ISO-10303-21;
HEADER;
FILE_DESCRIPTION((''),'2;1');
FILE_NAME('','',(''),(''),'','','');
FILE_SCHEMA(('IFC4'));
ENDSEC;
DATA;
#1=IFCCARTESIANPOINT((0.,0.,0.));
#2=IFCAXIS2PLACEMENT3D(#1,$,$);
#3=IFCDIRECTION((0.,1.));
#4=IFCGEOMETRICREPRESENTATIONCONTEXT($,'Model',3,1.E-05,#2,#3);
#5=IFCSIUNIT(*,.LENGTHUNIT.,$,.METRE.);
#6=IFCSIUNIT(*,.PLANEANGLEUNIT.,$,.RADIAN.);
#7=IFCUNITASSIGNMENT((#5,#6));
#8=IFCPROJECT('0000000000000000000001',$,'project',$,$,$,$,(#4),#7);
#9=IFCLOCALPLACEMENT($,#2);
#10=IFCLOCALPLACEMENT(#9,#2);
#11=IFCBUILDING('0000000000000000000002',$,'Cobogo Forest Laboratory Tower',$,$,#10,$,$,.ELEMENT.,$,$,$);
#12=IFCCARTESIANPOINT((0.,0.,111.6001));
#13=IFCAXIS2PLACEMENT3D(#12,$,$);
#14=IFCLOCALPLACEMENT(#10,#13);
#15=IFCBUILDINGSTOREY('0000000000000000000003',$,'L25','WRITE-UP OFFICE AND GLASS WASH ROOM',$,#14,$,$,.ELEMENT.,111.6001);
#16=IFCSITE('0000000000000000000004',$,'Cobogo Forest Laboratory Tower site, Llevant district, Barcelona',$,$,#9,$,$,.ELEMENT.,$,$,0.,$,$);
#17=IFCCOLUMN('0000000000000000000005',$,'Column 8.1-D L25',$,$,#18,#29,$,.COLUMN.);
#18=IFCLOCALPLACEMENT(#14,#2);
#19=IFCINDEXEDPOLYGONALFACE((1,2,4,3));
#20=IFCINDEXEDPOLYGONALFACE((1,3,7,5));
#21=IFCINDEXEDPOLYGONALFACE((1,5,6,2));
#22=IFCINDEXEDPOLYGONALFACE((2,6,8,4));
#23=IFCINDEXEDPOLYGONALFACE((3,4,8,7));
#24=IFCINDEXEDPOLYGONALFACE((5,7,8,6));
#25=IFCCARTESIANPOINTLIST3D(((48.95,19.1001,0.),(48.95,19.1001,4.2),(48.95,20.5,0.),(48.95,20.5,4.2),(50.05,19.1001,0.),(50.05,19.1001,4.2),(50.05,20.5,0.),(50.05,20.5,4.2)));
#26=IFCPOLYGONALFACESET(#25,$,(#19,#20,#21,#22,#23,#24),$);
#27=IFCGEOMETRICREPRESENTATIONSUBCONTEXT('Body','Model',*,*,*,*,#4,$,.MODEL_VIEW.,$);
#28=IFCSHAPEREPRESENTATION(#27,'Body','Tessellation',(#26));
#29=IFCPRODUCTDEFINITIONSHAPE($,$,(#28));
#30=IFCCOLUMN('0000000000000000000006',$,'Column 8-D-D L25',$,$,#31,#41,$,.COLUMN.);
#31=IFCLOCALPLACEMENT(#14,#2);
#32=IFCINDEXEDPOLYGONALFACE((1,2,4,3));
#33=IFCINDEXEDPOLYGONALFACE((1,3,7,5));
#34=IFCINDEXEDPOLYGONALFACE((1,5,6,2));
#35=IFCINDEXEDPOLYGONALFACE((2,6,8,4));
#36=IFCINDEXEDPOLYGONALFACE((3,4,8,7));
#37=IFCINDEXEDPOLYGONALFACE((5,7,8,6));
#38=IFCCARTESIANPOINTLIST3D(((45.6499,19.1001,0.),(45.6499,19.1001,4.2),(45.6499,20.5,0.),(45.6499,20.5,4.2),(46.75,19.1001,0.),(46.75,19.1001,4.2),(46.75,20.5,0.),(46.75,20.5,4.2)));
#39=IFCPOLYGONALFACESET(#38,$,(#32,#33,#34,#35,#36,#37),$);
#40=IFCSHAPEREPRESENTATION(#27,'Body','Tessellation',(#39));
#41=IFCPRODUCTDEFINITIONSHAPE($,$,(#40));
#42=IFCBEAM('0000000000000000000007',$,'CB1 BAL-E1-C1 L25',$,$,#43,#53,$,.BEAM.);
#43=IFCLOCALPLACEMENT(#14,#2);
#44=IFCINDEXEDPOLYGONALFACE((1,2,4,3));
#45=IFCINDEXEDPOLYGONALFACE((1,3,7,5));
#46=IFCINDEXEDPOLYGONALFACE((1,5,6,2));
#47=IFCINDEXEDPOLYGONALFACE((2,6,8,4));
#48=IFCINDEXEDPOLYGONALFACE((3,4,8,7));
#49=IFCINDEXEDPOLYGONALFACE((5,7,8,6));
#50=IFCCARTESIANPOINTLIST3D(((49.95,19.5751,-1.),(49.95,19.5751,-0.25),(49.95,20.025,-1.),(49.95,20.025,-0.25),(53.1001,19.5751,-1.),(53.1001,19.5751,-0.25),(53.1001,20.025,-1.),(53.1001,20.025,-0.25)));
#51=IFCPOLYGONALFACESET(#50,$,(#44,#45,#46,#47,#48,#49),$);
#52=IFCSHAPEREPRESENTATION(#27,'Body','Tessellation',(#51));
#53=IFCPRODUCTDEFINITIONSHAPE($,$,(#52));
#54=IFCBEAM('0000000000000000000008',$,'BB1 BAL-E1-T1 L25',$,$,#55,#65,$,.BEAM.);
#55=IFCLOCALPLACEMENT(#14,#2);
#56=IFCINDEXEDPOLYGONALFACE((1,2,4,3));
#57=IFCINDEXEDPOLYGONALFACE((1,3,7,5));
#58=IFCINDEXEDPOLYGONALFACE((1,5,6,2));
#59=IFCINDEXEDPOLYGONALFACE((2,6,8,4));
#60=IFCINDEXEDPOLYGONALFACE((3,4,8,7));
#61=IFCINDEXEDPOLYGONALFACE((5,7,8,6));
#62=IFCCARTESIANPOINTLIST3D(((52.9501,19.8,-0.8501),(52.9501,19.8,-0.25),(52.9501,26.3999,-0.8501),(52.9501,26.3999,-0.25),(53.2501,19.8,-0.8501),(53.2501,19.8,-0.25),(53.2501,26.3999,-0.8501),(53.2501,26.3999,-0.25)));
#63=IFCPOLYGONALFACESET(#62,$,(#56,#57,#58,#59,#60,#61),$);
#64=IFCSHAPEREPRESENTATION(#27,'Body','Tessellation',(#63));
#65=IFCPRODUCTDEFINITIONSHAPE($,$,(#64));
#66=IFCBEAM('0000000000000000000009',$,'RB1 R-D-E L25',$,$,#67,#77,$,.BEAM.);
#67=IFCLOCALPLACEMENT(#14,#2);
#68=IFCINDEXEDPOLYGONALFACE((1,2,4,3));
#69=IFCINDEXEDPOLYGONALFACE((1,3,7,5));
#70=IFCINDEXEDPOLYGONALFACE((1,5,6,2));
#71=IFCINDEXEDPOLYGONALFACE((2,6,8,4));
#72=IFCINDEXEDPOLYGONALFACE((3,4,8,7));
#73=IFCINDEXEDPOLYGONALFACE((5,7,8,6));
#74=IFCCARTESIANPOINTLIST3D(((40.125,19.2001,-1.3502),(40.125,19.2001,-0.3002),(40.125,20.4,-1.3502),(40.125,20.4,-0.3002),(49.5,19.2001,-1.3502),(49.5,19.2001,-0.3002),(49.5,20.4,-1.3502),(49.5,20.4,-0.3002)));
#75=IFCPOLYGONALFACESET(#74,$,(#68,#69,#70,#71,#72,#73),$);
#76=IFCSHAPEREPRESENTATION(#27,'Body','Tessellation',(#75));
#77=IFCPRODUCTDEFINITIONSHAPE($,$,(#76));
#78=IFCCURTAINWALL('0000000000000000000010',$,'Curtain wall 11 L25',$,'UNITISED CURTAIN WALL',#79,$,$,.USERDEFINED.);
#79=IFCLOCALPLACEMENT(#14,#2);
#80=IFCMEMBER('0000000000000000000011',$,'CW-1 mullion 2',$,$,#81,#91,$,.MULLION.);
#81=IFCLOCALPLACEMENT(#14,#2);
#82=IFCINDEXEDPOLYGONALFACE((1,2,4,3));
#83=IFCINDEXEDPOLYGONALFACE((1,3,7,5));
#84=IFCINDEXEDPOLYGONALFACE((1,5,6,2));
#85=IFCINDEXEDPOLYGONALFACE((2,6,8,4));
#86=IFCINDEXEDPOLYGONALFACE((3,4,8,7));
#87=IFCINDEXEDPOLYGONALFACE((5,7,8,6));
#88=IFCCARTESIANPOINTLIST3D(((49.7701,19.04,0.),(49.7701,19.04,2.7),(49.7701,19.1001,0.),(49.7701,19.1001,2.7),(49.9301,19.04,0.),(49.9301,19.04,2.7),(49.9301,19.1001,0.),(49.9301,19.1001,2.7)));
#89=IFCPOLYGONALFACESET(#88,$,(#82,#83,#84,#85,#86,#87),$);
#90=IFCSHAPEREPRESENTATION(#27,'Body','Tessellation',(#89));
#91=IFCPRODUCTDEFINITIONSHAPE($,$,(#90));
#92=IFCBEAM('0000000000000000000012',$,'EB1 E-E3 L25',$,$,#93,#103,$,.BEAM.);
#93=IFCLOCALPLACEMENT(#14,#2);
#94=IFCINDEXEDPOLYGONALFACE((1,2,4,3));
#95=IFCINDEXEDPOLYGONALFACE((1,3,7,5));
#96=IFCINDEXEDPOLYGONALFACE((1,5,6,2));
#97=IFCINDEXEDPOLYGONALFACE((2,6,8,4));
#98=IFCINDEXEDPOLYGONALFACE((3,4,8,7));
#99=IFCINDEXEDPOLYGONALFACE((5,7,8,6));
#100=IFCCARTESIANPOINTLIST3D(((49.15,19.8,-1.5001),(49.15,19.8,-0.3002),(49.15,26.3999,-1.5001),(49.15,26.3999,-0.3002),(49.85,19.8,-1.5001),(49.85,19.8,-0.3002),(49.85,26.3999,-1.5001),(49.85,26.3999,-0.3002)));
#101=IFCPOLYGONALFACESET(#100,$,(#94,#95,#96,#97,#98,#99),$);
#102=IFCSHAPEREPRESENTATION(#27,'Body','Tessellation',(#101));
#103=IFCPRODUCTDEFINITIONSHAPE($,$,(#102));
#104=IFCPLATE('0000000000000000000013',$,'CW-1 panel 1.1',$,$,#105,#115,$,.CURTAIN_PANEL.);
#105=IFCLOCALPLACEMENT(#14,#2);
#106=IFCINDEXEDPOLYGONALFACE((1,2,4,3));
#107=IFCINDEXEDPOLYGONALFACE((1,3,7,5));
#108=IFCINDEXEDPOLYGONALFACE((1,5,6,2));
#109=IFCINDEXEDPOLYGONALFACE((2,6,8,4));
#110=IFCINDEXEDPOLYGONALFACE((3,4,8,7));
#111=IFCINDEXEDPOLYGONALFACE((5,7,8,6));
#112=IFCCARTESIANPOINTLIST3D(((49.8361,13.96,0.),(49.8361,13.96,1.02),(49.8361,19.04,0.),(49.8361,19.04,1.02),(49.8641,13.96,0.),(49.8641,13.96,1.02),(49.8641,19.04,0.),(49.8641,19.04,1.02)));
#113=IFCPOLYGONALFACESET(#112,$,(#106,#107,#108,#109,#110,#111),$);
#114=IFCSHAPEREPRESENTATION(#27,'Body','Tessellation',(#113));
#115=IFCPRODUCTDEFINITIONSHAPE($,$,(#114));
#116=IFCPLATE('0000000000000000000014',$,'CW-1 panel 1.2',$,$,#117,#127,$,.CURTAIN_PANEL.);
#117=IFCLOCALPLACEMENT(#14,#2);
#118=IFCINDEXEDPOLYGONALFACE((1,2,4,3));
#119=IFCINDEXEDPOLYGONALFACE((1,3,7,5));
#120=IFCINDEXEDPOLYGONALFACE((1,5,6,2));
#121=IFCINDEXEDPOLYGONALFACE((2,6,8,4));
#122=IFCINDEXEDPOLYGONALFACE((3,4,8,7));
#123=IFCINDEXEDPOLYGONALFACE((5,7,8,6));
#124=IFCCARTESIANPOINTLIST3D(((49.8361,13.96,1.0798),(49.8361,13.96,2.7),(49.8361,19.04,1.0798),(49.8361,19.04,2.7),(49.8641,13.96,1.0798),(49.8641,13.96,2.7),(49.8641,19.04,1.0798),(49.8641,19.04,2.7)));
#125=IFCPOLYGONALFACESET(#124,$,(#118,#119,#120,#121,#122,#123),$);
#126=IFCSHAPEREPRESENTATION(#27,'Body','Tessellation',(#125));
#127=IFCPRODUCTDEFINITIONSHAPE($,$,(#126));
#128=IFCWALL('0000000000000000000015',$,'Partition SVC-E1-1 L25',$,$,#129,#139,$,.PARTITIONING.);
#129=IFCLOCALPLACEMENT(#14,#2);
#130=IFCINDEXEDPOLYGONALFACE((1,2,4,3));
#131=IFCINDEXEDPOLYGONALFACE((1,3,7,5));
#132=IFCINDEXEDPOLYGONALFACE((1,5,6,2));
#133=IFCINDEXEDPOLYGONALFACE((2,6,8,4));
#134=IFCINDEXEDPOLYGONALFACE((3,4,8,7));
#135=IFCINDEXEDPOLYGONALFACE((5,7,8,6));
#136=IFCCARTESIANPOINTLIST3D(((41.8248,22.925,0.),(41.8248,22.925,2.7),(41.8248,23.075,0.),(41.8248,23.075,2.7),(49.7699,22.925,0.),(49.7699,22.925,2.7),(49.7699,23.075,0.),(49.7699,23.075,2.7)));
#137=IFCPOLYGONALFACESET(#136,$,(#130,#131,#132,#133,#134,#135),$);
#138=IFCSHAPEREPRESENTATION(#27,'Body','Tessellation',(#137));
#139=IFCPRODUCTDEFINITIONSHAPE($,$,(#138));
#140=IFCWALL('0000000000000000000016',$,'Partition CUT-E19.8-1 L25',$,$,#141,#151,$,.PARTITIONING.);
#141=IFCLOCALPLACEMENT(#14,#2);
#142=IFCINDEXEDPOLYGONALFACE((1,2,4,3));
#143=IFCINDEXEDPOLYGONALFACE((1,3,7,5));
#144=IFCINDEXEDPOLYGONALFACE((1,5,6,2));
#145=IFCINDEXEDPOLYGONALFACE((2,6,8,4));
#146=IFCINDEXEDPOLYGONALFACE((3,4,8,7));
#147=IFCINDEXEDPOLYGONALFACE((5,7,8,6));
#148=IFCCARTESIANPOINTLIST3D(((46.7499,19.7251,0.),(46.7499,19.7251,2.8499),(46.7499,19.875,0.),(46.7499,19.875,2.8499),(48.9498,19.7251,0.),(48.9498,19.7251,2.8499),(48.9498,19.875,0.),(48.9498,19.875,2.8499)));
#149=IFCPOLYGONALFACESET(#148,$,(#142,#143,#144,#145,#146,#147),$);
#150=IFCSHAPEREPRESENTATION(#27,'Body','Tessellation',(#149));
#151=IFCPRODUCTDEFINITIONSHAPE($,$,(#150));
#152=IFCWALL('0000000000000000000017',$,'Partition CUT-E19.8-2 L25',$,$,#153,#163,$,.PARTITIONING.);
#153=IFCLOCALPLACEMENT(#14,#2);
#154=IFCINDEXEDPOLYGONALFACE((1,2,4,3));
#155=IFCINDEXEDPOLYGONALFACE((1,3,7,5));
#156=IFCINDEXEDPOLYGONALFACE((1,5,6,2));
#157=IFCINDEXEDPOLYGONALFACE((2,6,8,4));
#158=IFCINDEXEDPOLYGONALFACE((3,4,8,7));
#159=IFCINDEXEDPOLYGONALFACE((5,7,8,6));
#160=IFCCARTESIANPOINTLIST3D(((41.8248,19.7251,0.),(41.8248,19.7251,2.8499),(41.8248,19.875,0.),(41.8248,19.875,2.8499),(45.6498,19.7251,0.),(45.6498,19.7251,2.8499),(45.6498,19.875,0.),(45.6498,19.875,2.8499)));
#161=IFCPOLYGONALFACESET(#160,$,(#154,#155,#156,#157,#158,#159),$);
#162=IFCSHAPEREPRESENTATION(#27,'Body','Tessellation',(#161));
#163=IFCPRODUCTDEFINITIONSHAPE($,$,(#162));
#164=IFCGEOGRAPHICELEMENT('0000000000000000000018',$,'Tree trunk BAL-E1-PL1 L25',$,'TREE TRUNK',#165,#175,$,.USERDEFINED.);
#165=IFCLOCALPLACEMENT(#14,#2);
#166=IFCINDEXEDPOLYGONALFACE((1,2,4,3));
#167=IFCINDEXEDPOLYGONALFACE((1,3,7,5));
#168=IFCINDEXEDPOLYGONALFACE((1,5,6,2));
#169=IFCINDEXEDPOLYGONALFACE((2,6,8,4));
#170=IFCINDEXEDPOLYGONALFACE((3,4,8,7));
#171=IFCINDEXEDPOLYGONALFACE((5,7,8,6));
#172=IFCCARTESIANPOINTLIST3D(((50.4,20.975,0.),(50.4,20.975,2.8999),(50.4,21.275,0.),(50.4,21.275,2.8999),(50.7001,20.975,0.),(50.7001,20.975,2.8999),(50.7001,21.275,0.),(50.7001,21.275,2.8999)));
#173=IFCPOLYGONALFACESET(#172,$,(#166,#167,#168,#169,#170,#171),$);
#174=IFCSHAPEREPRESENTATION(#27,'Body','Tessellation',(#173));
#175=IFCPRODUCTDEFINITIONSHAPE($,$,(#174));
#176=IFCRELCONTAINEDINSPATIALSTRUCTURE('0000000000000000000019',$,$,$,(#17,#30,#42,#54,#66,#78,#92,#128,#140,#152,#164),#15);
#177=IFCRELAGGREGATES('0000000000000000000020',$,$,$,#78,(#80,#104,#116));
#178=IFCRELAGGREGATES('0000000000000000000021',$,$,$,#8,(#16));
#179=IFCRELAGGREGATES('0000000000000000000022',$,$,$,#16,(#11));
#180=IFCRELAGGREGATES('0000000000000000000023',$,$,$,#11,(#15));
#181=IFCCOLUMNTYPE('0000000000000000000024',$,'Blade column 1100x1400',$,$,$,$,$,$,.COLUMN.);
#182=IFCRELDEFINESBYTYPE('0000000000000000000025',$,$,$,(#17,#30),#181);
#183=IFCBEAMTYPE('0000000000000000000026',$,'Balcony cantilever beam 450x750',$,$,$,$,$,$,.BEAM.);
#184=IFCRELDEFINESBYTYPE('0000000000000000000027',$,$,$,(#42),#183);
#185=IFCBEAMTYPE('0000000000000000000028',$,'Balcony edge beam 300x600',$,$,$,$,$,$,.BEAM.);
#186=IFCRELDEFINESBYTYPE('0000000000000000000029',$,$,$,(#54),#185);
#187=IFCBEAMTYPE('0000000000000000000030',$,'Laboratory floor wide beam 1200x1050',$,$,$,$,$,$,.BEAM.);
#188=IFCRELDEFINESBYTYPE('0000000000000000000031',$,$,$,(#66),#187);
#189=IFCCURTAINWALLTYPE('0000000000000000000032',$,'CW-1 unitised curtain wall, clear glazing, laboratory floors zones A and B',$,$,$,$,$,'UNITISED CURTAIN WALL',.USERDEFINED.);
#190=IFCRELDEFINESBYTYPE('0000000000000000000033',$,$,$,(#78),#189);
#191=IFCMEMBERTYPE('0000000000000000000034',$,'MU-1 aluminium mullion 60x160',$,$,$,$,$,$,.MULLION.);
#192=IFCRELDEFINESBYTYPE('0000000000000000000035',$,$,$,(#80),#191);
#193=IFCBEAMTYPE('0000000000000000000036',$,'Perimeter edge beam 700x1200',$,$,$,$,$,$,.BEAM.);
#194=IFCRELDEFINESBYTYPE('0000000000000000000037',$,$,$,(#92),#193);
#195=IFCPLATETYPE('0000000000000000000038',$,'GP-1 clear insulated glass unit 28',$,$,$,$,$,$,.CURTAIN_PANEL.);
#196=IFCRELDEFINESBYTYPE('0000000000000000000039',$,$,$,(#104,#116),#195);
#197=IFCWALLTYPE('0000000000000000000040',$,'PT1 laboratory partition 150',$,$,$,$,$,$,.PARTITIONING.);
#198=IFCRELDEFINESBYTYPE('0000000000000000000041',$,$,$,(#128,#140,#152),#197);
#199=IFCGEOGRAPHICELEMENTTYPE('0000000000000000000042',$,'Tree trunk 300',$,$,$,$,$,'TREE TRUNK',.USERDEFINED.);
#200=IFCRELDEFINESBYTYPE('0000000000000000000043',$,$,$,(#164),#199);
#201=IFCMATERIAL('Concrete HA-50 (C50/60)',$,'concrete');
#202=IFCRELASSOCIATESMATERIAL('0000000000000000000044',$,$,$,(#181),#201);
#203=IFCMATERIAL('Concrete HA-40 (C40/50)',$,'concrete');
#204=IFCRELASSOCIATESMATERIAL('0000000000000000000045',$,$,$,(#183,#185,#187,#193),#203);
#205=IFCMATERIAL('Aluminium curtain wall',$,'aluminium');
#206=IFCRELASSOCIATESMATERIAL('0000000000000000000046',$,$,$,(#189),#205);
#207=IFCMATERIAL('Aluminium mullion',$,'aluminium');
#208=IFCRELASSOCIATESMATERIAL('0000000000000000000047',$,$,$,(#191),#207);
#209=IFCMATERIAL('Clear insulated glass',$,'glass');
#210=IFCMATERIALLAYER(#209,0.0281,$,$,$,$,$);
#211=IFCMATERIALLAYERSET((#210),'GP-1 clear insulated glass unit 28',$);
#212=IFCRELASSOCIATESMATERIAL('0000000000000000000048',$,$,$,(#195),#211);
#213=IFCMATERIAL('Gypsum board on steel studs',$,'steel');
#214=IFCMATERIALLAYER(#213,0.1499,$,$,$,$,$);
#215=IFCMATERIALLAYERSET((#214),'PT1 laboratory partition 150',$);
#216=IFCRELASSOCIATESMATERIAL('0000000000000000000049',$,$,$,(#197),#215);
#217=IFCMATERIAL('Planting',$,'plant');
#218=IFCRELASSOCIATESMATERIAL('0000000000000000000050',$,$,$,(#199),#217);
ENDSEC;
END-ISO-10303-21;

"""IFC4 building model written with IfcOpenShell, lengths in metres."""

from ifc_helpers import new_model, si_unit, direction, frame, frame_2d, origin, origin_2d, place, context, subcontext, project, spatial, rectangle, extrude, material, layer, layer_set, material_profile, profile_set, type_object, element, aggregate, save


model = new_model("IFC4")

# Units and contexts
model_context = context("Model", 3, precision=1e-05, world=origin(), true_north=direction((0.0, 1.0)))
body_context = subcontext(model_context, "Body", "Model", "MODEL_VIEW")
ifc_project = project(units=[si_unit("LENGTHUNIT", "METRE"), si_unit("PLANEANGLEUNIT", "RADIAN")], contexts=[model_context])

# Site, building, storey
site_placement = place(None, origin())
site = spatial("IfcSite", under=ifc_project, at=site_placement, Name="Cobogo Forest Laboratory Tower site, Llevant district, Barcelona", CompositionType="ELEMENT", RefElevation=0.0)
building_placement = place(site_placement, origin())
building = spatial("IfcBuilding", under=site, at=building_placement, Name="Cobogo Forest Laboratory Tower", CompositionType="ELEMENT")
storey_placement = place(building_placement, frame((0.0, 0.0, 111.6001)))
storey = spatial("IfcBuildingStorey", under=building, at=storey_placement, Name="L25", Description="WRITE-UP OFFICE AND GLASS WASH ROOM", CompositionType="ELEMENT", Elevation=111.6001)

# Columns
ifc_material_1 = material(Name="Concrete HA-50 (C50/60)", Category="concrete")
ifc_material_profile_1 = material_profile(ifc_material_1, rectangle(XDim=1.3999, YDim=1.1001, at=origin_2d()), Name="RC 1100x1400")
ifc_profile_set_1 = profile_set([ifc_material_profile_1], Name="Concrete HA-50 (C50/60)")
column_type = type_object("IfcColumnType", Name="Blade column 1100x1400", PredefinedType="COLUMN", material=ifc_profile_set_1)
for number, where, z_axis, x_axis, name in (
    (1, (49.5, 19.8, 0.0), (0.0, 0.0, 1.0), (0.0, 1.0, 0.0), "Column 8.1-D L25"),
    (2, (46.2, 19.8, 0.0), (0.0, 0.0, 1.0), (0.0, 1.0, 0.0), "Column 8-D-D L25"),
):
    element("IfcColumn", number, at=place(storey_placement, frame(where, z_axis=z_axis, x_axis=x_axis)), inside=storey, type_object=column_type, Name=name, PredefinedType="COLUMN", context=body_context, shape_type="SweptSolid", body=[
        extrude(rectangle(XDim=1.3999, YDim=1.1001, at=origin_2d()), origin(), (0.0, 0.0, 1.0), 4.2),
    ])

# Beams
ifc_material_2 = material(Name="Concrete HA-40 (C40/50)", Category="concrete")
ifc_material_profile_2 = material_profile(ifc_material_2, rectangle(XDim=0.45, YDim=0.75, at=origin_2d()), Name="RC 450x750")
ifc_profile_set_2 = profile_set([ifc_material_profile_2], Name="Concrete HA-40 (C40/50)")
beam_type_1 = type_object("IfcBeamType", Name="Balcony cantilever beam 450x750", PredefinedType="BEAM", material=ifc_profile_set_2)
beam_1_placement = place(storey_placement, frame((49.95, 19.8, -0.625), z_axis=(1.0, 0.0, 0.0), x_axis=(0.0, 1.0, 0.0)))
element("IfcBeam", 3, at=beam_1_placement, inside=storey, type_object=beam_type_1, Name="CB1 BAL-E1-C1 L25", PredefinedType="BEAM", context=body_context, shape_type="SweptSolid", body=[
    extrude(rectangle(XDim=0.45, YDim=0.75, at=origin_2d()), origin(), (0.0, 0.0, 1.0), 3.1501),
])
ifc_material_profile_3 = material_profile(ifc_material_2, rectangle(XDim=0.3, YDim=0.6001, at=origin_2d()), Name="RC 300x600")
ifc_profile_set_3 = profile_set([ifc_material_profile_3], Name="Concrete HA-40 (C40/50)")
beam_type_2 = type_object("IfcBeamType", Name="Balcony edge beam 300x600", PredefinedType="BEAM", material=ifc_profile_set_3)
beam_2_placement = place(storey_placement, frame((53.1001, 19.8, -0.55), z_axis=(0.0, 1.0, 0.0), x_axis=(-1.0, 0.0, 0.0)))
element("IfcBeam", 4, at=beam_2_placement, inside=storey, type_object=beam_type_2, Name="BB1 BAL-E1-T1 L25", PredefinedType="BEAM", context=body_context, shape_type="SweptSolid", body=[
    extrude(rectangle(XDim=0.3, YDim=0.6001, at=origin_2d()), origin(), (0.0, 0.0, 1.0), 6.5999),
])
ifc_material_profile_4 = material_profile(ifc_material_2, rectangle(XDim=1.2, YDim=1.05, at=origin_2d()), Name="RC 1200x1050")
ifc_profile_set_4 = profile_set([ifc_material_profile_4], Name="Concrete HA-40 (C40/50)")
beam_type_3 = type_object("IfcBeamType", Name="Laboratory floor wide beam 1200x1050", PredefinedType="BEAM", material=ifc_profile_set_4)
beam_3_placement = place(storey_placement, frame((40.125, 19.8, -0.8252), z_axis=(1.0, 0.0, 0.0), x_axis=(0.0, 1.0, 0.0)))
element("IfcBeam", 5, at=beam_3_placement, inside=storey, type_object=beam_type_3, Name="RB1 R-D-E L25", PredefinedType="BEAM", context=body_context, shape_type="SweptSolid", body=[
    extrude(rectangle(XDim=1.2, YDim=1.05, at=origin_2d()), origin(), (0.0, 0.0, 1.0), 9.375),
])

# Curtain wall, member
ifc_material_3 = material(Name="Aluminium curtain wall", Category="aluminium")
curtain_wall_type = type_object("IfcCurtainWallType", Name="CW-1 unitised curtain wall, clear glazing, laboratory floors zones A and B", ElementType="UNITISED CURTAIN WALL", PredefinedType="USERDEFINED", material=ifc_material_3)
curtain_wall_placement = place(storey_placement, origin())
curtain_wall = element("IfcCurtainWall", 6, at=curtain_wall_placement, inside=storey, type_object=curtain_wall_type, Name="Curtain wall 11 L25", ObjectType="UNITISED CURTAIN WALL", PredefinedType="USERDEFINED")
ifc_material_4 = material(Name="Aluminium mullion", Category="aluminium")
ifc_material_profile_5 = material_profile(ifc_material_4, rectangle(XDim=0.0601, YDim=0.1599, at=origin_2d()), Name="AL 60x160")
ifc_profile_set_5 = profile_set([ifc_material_profile_5], Name="Aluminium mullion")
member_type = type_object("IfcMemberType", Name="MU-1 aluminium mullion 60x160", PredefinedType="MULLION", material=ifc_profile_set_5)
member_placement = place(storey_placement, frame((49.8501, 19.0701, 0.0), z_axis=(0.0, 0.0, 1.0), x_axis=(0.0, 1.0, 0.0)))
member = element("IfcMember", 7, at=member_placement, type_object=member_type, Name="CW-1 mullion 2", PredefinedType="MULLION", context=body_context, shape_type="SweptSolid", body=[
    extrude(rectangle(XDim=0.0601, YDim=0.1599, at=origin_2d()), origin(), (0.0, 0.0, 1.0), 2.7),
])

# Beam
ifc_material_profile_6 = material_profile(ifc_material_2, rectangle(XDim=0.7, YDim=1.2, at=origin_2d()), Name="RC 700x1200")
ifc_profile_set_6 = profile_set([ifc_material_profile_6], Name="Concrete HA-40 (C40/50)")
beam_type_4 = type_object("IfcBeamType", Name="Perimeter edge beam 700x1200", PredefinedType="BEAM", material=ifc_profile_set_6)
beam_4_placement = place(storey_placement, frame((49.5, 19.8, -0.9001), z_axis=(0.0, 1.0, 0.0), x_axis=(-1.0, 0.0, 0.0)))
element("IfcBeam", 8, at=beam_4_placement, inside=storey, type_object=beam_type_4, Name="EB1 E-E3 L25", PredefinedType="BEAM", context=body_context, shape_type="SweptSolid", body=[
    extrude(rectangle(XDim=0.7, YDim=1.2, at=origin_2d()), origin(), (0.0, 0.0, 1.0), 6.5999),
])

# Plates
ifc_material_5 = material(Name="Clear insulated glass", Category="glass")
ifc_layer_1 = layer(ifc_material_5, 0.0281)
ifc_layer_set_1 = layer_set([ifc_layer_1], Name="GP-1 clear insulated glass unit 28")
plate_type_1 = type_object("IfcPlateType", Name="GP-1 clear insulated glass unit 28", PredefinedType="CURTAIN_PANEL", material=ifc_layer_set_1)
plate_1_placement = place(storey_placement, frame((49.8501, 16.5, 0.0), z_axis=(0.0, 0.0, 1.0), x_axis=(0.0, 1.0, 0.0)))
plate_1 = element("IfcPlate", 9, at=plate_1_placement, type_object=plate_type_1, Name="CW-1 panel 1.1", PredefinedType="CURTAIN_PANEL", context=body_context, shape_type="SweptSolid", body=[
    extrude(rectangle(XDim=5.0801, YDim=0.0281, at=origin_2d()), origin(), (0.0, 0.0, 1.0), 1.02),
])
plate_2_placement = place(storey_placement, frame((49.8501, 16.5, 1.0798), z_axis=(0.0, 0.0, 1.0), x_axis=(0.0, 1.0, 0.0)))
plate_2 = element("IfcPlate", 10, at=plate_2_placement, type_object=plate_type_1, Name="CW-1 panel 1.2", PredefinedType="CURTAIN_PANEL", context=body_context, shape_type="SweptSolid", body=[
    extrude(rectangle(XDim=5.0801, YDim=0.0281, at=origin_2d()), origin(), (0.0, 0.0, 1.0), 1.6201),
])
aggregate(curtain_wall, [member, plate_1, plate_2])

# Walls
ifc_material_6 = material(Name="Gypsum board on steel studs", Category="steel")
ifc_layer_2 = layer(ifc_material_6, 0.1499)
ifc_layer_set_2 = layer_set([ifc_layer_2], Name="PT1 laboratory partition 150")
wall_type_1 = type_object("IfcWallType", Name="PT1 laboratory partition 150", PredefinedType="PARTITIONING", material=ifc_layer_set_2)
wall_1_placement = place(storey_placement, frame((49.77, 23.0, 0.0), z_axis=(0.0, 0.0, 1.0), x_axis=(-1.0, 0.0, 0.0)))
element("IfcWall", 11, at=wall_1_placement, inside=storey, type_object=wall_type_1, Name="Partition SVC-E1-1 L25", PredefinedType="PARTITIONING", context=body_context, shape_type="SweptSolid", body=[
    extrude(rectangle(XDim=7.9451, YDim=0.1499, at=frame_2d((3.9727, 0.0))), origin(), (0.0, 0.0, 1.0), 2.7),
])
wall_2_placement = place(storey_placement, frame((48.95, 19.8, 0.0), z_axis=(0.0, 0.0, 1.0), x_axis=(-1.0, 0.0, 0.0)))
element("IfcWall", 12, at=wall_2_placement, inside=storey, type_object=wall_type_1, Name="Partition CUT-E19.8-1 L25", PredefinedType="PARTITIONING", context=body_context, shape_type="SweptSolid", body=[
    extrude(rectangle(XDim=2.2, YDim=0.1499, at=frame_2d((1.1001, 0.0))), origin(), (0.0, 0.0, 1.0), 2.8499),
])
wall_3_placement = place(storey_placement, frame((45.6499, 19.8, 0.0), z_axis=(0.0, 0.0, 1.0), x_axis=(-1.0, 0.0, 0.0)))
element("IfcWall", 13, at=wall_3_placement, inside=storey, type_object=wall_type_1, Name="Partition CUT-E19.8-2 L25", PredefinedType="PARTITIONING", context=body_context, shape_type="SweptSolid", body=[
    extrude(rectangle(XDim=3.825, YDim=0.1499, at=frame_2d((1.9126, 0.0))), origin(), (0.0, 0.0, 1.0), 2.8499),
])

# Geographic element
ifc_material_7 = material(Name="Planting", Category="plant")
geographic_element_type = type_object("IfcGeographicElementType", Name="Tree trunk 300", ElementType="TREE TRUNK", PredefinedType="USERDEFINED", material=ifc_material_7)
geographic_element_placement = place(storey_placement, frame((50.55, 21.125, 0.0), z_axis=(0.0, 0.0, 1.0), x_axis=(1.0, 0.0, 0.0)))
element("IfcGeographicElement", 14, at=geographic_element_placement, inside=storey, type_object=geographic_element_type, Name="Tree trunk BAL-E1-PL1 L25", ObjectType="TREE TRUNK", PredefinedType="USERDEFINED", context=body_context, shape_type="SweptSolid", body=[
    extrude(rectangle(XDim=0.3, YDim=0.3, at=origin_2d()), origin(), (0.0, 0.0, 1.0), 2.8999),
])

save(model, "model.ifc")
